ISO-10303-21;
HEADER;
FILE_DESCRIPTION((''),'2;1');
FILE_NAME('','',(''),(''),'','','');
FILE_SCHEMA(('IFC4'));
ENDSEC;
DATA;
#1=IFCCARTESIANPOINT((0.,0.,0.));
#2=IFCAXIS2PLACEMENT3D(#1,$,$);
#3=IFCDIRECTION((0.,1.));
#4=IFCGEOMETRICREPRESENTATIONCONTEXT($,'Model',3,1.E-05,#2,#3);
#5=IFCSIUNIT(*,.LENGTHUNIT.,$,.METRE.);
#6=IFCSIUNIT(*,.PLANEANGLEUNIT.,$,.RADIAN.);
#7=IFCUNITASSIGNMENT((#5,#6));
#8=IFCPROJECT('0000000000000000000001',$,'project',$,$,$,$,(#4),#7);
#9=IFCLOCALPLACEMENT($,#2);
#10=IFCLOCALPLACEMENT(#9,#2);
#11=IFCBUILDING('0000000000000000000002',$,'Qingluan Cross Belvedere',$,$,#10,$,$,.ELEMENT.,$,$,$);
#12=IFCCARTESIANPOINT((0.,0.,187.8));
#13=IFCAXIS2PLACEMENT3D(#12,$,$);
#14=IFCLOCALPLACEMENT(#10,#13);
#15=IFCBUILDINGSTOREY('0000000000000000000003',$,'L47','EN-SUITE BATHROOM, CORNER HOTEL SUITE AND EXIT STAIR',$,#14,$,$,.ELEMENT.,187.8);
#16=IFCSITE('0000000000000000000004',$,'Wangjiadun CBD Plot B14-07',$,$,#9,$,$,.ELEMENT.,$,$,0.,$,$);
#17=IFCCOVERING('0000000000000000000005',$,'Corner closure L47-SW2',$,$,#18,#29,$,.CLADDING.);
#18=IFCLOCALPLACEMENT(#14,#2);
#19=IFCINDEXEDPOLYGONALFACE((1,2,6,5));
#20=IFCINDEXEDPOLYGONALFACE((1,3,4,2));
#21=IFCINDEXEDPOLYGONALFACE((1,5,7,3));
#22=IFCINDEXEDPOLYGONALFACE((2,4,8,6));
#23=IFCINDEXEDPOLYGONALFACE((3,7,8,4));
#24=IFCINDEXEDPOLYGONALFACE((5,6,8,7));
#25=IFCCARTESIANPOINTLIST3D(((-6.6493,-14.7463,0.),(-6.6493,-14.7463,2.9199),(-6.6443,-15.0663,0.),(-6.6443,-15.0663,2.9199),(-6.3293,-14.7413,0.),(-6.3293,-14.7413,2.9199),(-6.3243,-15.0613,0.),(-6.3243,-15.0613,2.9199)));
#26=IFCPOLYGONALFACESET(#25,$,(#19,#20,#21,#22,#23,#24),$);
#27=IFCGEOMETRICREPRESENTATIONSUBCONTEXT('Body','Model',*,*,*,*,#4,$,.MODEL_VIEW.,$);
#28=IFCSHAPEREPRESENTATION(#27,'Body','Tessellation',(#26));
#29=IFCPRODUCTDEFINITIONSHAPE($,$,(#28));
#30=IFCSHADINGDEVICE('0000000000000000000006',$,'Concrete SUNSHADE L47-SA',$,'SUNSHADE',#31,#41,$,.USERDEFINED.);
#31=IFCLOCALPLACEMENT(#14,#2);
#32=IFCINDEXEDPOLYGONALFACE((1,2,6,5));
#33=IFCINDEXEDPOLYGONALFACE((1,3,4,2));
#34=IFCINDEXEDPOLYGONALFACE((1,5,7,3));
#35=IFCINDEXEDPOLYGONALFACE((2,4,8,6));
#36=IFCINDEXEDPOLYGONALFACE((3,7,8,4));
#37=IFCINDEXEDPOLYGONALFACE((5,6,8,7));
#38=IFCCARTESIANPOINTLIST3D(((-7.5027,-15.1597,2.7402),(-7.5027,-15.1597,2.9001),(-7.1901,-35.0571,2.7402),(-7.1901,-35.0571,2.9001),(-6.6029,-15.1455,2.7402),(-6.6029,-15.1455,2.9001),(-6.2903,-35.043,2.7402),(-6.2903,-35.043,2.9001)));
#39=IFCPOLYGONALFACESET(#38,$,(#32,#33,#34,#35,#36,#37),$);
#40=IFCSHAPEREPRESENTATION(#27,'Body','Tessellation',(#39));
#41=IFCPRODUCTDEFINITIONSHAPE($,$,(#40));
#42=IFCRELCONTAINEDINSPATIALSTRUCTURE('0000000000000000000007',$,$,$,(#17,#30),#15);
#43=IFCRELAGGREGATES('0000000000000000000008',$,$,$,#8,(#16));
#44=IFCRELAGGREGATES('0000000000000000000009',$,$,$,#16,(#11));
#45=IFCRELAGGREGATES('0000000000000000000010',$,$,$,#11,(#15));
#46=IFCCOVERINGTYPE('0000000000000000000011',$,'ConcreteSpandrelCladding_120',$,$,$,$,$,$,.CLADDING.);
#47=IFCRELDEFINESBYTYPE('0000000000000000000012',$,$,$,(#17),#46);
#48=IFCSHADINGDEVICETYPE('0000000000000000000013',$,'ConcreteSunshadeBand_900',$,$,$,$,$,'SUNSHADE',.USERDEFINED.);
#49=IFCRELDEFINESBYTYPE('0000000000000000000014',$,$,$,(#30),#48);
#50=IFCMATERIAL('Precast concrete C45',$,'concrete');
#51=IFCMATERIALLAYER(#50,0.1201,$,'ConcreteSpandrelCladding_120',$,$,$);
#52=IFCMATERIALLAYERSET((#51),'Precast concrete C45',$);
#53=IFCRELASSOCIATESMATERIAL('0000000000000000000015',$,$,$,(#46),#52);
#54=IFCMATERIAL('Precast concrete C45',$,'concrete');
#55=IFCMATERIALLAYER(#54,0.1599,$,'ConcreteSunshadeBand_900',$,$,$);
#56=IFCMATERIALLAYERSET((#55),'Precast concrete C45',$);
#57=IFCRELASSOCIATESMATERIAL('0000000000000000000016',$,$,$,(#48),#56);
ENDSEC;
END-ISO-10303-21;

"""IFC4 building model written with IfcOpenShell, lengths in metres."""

from ifc_helpers import new_model, si_unit, direction, frame, origin, origin_2d, place, context, subcontext, project, spatial, rectangle, extrude, material, layer, layer_set, type_object, element, save


model = new_model("IFC4")

# Units and contexts
model_context = context("Model", 3, precision=1e-05, world=origin(), true_north=direction((0.0, 1.0)))
body_context = subcontext(model_context, "Body", "Model", "MODEL_VIEW")
ifc_project = project(units=[si_unit("LENGTHUNIT", "METRE"), si_unit("PLANEANGLEUNIT", "RADIAN")], contexts=[model_context])

# Site, building, storey
site_placement = place(None, origin())
site = spatial("IfcSite", under=ifc_project, at=site_placement, Name="Wangjiadun CBD Plot B14-07", CompositionType="ELEMENT", RefElevation=0.0)
building_placement = place(site_placement, origin())
building = spatial("IfcBuilding", under=site, at=building_placement, Name="Qingluan Cross Belvedere", CompositionType="ELEMENT")
storey_placement = place(building_placement, frame((0.0, 0.0, 187.8)))
storey = spatial("IfcBuildingStorey", under=building, at=storey_placement, Name="L47", Description="EN-SUITE BATHROOM, CORNER HOTEL SUITE AND EXIT STAIR", CompositionType="ELEMENT", Elevation=187.8)

# Covering
ifc_material_1 = material(Name="Precast concrete C45", Category="concrete")
ifc_layer_1 = layer(ifc_material_1, 0.1201, Name="ConcreteSpandrelCladding_120")
ifc_layer_set_1 = layer_set([ifc_layer_1], Name="Precast concrete C45")
covering_type = type_object("IfcCoveringType", Name="ConcreteSpandrelCladding_120", PredefinedType="CLADDING", material=ifc_layer_set_1)
covering_placement = place(storey_placement, frame((-6.4868, -14.9038, 0.0), z_axis=(0.0, 0.0, 1.0), x_axis=(0.999877, 0.015707, 0.0)))
element("IfcCovering", 1, at=covering_placement, inside=storey, type_object=covering_type, Name="Corner closure L47-SW2", PredefinedType="CLADDING", context=body_context, shape_type="SweptSolid", body=[
    extrude(rectangle(XDim=0.3201, YDim=0.3201, at=origin_2d()), origin(), (0.0, 0.0, 1.0), 2.9199),
])

# Shading device
ifc_material_2 = material(Name="Precast concrete C45", Category="concrete")
ifc_layer_2 = layer(ifc_material_2, 0.1599, Name="ConcreteSunshadeBand_900")
ifc_layer_set_2 = layer_set([ifc_layer_2], Name="Precast concrete C45")
shading_device_type = type_object("IfcShadingDeviceType", Name="ConcreteSunshadeBand_900", ElementType="SUNSHADE", PredefinedType="USERDEFINED", material=ifc_layer_set_2)
shading_device_placement = place(storey_placement, frame((-6.8965, -25.1013, 2.7402), z_axis=(0.0, 0.0, 1.0), x_axis=(0.015706, -0.999877, 0.0)))
element("IfcShadingDevice", 2, at=shading_device_placement, inside=storey, type_object=shading_device_type, Name="Concrete SUNSHADE L47-SA", ObjectType="SUNSHADE", PredefinedType="USERDEFINED", context=body_context, shape_type="SweptSolid", body=[
    extrude(rectangle(XDim=19.8999, YDim=0.8999, at=origin_2d()), origin(), (0.0, 0.0, 1.0), 0.1599),
])

save(model, "model.ifc")
